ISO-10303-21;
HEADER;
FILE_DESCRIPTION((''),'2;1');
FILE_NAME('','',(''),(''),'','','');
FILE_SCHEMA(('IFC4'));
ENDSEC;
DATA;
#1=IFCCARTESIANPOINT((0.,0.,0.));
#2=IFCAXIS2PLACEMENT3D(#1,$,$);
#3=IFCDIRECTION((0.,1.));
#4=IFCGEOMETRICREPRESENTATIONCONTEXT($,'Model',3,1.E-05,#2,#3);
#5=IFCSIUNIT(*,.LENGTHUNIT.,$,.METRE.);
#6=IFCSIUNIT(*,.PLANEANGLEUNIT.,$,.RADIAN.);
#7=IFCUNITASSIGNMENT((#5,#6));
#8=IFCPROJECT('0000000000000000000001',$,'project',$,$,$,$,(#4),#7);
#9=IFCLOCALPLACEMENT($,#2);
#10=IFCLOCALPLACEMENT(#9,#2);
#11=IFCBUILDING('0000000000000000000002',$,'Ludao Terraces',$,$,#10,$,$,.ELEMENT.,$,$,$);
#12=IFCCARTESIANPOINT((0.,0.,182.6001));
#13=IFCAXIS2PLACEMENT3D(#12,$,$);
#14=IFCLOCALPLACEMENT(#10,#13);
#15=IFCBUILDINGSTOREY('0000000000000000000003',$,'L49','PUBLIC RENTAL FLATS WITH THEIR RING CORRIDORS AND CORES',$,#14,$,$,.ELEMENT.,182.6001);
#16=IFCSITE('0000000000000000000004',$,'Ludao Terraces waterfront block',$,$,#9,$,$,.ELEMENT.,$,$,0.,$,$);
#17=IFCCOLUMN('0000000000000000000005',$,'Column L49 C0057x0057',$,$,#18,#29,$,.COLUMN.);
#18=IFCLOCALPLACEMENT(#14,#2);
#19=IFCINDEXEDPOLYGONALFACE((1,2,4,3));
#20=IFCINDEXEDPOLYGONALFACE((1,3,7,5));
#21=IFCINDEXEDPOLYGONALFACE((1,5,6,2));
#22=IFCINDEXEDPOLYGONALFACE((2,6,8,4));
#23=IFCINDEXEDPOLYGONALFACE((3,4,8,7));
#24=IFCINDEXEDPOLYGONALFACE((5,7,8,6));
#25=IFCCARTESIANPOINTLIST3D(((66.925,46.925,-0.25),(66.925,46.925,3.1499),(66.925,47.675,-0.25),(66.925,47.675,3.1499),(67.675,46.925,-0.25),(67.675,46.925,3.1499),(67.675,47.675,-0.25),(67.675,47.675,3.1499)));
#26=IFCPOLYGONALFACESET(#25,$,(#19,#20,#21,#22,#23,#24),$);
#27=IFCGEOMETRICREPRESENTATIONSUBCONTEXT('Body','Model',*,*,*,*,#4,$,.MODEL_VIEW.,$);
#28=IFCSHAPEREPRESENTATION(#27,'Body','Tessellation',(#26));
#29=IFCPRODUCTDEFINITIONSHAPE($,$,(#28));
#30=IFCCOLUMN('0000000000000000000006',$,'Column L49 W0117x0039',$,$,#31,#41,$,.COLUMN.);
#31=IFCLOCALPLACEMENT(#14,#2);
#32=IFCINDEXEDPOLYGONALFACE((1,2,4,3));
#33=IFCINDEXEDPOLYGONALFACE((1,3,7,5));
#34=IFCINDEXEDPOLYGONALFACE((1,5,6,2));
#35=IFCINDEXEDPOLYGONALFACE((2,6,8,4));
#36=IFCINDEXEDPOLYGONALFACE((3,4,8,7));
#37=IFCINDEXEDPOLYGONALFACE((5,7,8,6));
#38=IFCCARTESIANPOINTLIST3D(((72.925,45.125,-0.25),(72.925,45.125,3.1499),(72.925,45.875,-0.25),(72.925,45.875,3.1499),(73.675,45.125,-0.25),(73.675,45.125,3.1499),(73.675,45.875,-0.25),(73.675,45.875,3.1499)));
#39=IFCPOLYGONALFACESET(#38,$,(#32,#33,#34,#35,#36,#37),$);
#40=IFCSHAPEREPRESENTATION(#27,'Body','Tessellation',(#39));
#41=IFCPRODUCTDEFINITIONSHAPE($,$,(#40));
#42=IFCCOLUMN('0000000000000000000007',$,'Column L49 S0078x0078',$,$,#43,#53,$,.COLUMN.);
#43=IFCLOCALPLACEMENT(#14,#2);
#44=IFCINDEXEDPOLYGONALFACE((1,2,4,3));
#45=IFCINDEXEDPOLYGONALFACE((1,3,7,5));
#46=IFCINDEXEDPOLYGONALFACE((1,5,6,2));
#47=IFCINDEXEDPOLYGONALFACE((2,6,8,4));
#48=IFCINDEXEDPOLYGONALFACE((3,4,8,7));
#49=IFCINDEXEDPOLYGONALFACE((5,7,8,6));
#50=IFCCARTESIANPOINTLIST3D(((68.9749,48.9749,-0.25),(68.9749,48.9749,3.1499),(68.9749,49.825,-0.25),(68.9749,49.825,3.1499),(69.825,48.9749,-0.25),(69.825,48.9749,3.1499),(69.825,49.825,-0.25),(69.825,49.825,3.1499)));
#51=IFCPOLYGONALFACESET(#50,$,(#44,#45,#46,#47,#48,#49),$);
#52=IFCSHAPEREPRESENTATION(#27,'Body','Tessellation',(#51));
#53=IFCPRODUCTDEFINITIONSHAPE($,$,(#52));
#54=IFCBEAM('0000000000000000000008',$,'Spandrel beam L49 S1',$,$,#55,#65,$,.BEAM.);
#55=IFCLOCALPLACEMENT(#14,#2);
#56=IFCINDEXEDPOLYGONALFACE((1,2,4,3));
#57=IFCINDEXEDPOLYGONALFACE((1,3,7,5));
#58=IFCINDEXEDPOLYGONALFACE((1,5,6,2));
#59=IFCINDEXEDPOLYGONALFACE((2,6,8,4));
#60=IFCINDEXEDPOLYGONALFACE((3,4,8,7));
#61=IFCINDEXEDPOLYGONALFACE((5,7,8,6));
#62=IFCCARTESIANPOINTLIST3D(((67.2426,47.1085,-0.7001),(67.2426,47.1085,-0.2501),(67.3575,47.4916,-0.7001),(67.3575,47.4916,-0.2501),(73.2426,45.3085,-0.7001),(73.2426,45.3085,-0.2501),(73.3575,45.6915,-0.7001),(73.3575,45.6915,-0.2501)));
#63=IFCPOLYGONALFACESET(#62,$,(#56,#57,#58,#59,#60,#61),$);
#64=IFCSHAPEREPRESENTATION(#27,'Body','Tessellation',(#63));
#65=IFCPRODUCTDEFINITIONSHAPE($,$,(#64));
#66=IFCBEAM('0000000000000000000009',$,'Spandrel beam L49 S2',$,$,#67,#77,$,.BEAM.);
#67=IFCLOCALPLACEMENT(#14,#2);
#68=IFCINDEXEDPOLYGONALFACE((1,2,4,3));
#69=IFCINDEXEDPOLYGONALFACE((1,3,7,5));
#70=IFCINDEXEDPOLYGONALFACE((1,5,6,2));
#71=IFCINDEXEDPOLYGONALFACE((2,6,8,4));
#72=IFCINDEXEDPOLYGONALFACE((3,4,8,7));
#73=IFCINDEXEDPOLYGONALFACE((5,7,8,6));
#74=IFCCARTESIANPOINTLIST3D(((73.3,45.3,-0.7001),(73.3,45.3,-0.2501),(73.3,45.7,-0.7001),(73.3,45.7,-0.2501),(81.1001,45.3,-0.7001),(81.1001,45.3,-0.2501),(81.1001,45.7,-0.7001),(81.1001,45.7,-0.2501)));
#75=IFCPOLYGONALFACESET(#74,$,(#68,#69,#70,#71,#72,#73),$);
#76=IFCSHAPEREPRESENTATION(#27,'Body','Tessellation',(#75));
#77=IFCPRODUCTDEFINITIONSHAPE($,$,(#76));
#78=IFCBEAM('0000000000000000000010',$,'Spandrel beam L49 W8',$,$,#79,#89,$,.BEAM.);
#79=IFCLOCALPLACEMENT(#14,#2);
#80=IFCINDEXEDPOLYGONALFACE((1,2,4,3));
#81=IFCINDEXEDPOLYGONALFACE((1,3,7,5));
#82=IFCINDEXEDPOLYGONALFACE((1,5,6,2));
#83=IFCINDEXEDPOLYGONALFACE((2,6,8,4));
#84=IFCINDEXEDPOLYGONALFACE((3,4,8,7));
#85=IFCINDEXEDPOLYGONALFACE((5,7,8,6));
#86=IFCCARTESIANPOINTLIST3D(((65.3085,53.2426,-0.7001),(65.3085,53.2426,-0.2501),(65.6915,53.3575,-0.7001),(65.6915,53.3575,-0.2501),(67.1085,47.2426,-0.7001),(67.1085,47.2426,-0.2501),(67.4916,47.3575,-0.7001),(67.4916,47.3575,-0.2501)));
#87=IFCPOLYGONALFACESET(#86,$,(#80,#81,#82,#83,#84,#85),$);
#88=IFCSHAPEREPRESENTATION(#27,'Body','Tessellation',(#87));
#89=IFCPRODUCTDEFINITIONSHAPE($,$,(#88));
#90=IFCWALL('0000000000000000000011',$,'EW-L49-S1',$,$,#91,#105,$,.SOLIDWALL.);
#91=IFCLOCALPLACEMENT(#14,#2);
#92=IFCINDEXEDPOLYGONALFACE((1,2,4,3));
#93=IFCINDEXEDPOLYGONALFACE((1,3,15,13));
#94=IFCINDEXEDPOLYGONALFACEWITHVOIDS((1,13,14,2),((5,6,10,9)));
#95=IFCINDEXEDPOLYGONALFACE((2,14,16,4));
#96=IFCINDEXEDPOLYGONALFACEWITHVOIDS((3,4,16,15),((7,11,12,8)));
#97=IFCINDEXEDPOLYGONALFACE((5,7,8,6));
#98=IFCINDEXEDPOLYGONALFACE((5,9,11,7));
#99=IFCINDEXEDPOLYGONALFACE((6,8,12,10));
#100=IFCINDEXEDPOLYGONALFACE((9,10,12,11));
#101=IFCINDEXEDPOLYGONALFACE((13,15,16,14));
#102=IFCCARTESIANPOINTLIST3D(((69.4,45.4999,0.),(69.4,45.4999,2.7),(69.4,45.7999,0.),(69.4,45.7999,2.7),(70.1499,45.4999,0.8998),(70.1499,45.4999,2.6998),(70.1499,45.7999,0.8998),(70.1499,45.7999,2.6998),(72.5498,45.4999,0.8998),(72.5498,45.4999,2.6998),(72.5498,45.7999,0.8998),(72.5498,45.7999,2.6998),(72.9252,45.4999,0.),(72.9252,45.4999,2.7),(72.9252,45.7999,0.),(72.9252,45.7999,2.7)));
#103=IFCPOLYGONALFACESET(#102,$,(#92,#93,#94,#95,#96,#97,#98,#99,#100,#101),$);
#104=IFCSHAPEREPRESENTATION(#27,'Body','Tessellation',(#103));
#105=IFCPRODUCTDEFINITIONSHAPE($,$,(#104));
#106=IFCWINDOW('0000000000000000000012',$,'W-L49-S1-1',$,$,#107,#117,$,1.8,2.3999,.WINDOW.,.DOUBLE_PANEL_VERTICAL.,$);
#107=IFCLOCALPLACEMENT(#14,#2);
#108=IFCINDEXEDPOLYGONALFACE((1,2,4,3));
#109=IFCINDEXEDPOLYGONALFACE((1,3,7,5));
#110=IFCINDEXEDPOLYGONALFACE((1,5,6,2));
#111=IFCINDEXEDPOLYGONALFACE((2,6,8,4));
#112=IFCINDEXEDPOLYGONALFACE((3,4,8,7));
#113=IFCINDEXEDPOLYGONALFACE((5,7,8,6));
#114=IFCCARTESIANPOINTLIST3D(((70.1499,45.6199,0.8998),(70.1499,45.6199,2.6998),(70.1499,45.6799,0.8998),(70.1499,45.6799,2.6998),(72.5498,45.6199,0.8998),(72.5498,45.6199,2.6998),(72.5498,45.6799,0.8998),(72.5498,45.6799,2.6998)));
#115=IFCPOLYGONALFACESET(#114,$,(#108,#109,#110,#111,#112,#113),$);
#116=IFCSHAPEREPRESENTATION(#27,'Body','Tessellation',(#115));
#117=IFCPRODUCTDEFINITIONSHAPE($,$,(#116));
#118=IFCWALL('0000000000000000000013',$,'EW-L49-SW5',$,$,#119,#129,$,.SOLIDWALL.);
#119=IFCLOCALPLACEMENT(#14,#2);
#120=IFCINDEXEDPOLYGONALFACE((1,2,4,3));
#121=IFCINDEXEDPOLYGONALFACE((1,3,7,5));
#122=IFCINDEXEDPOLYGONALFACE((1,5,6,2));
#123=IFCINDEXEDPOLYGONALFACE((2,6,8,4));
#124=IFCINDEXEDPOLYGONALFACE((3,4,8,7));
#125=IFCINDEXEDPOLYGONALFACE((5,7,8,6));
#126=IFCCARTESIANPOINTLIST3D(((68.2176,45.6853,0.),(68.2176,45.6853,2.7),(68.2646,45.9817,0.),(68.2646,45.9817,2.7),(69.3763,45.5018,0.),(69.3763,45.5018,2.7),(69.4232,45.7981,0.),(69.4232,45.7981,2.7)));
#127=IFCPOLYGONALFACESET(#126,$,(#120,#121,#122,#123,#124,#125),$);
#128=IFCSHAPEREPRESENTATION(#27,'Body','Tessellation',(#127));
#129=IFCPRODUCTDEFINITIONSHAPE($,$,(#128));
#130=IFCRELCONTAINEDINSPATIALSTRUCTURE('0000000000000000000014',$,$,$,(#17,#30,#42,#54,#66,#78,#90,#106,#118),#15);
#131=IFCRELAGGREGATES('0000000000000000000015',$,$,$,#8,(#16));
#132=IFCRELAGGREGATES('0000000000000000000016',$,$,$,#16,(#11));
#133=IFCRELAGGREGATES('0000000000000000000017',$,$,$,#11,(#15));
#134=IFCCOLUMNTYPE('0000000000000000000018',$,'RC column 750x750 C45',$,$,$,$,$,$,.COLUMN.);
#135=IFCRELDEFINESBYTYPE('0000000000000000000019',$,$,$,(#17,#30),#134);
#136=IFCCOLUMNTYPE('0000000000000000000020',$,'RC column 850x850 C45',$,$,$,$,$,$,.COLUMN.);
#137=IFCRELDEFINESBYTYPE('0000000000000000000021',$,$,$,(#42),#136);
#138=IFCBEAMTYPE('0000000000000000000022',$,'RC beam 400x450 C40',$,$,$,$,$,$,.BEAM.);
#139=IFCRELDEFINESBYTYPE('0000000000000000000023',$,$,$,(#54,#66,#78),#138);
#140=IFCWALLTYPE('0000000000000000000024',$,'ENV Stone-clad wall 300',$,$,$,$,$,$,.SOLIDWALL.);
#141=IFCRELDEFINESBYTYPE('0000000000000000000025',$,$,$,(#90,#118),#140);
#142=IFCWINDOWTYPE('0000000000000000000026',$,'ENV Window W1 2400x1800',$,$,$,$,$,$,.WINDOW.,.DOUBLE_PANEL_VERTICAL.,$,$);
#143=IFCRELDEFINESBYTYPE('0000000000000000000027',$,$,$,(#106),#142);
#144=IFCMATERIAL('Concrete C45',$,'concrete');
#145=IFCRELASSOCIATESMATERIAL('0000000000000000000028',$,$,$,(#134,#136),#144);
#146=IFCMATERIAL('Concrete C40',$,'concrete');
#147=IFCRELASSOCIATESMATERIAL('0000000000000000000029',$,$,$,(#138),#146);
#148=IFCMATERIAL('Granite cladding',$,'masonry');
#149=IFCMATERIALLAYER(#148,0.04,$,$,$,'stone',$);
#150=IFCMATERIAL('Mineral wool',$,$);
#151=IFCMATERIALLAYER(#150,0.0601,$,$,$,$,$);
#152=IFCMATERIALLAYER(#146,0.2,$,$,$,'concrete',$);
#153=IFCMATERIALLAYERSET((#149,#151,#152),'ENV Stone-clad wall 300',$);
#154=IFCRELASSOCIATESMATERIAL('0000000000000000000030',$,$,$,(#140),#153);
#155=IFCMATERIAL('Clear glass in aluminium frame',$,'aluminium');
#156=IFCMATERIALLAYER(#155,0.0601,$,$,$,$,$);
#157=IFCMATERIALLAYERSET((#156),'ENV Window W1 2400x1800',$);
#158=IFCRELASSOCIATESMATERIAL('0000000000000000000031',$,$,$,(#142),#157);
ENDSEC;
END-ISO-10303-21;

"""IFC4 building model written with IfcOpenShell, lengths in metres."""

from ifc_helpers import new_model, si_unit, direction, frame, frame_2d, origin, origin_2d, place, context, subcontext, project, spatial, rectangle, extrude, material, layer, layer_set, material_profile, profile_set, type_object, element, fill, save


model = new_model("IFC4")

# Units and contexts
model_context = context("Model", 3, precision=1e-05, world=origin(), true_north=direction((0.0, 1.0)))
body_context = subcontext(model_context, "Body", "Model", "MODEL_VIEW")
ifc_project = project(units=[si_unit("LENGTHUNIT", "METRE"), si_unit("PLANEANGLEUNIT", "RADIAN")], contexts=[model_context])

# Site, building, storey
site_placement = place(None, origin())
site = spatial("IfcSite", under=ifc_project, at=site_placement, Name="Ludao Terraces waterfront block", CompositionType="ELEMENT", RefElevation=0.0)
building_placement = place(site_placement, origin())
building = spatial("IfcBuilding", under=site, at=building_placement, Name="Ludao Terraces", CompositionType="ELEMENT")
storey_placement = place(building_placement, frame((0.0, 0.0, 182.6001)))
storey = spatial("IfcBuildingStorey", under=building, at=storey_placement, Name="L49", Description="PUBLIC RENTAL FLATS WITH THEIR RING CORRIDORS AND CORES", CompositionType="ELEMENT", Elevation=182.6001)

# Columns
ifc_material_1 = material(Name="Concrete C45", Category="concrete")
ifc_material_profile_1 = material_profile(ifc_material_1, rectangle(XDim=0.75, YDim=0.75, at=origin_2d()), Name="750 X 750")
ifc_profile_set_1 = profile_set([ifc_material_profile_1], Name="Concrete C45")
column_type_1 = type_object("IfcColumnType", Name="RC column 750x750 C45", PredefinedType="COLUMN", material=ifc_profile_set_1)
for number, where, z_axis, x_axis, name in (
    (1, (67.3, 47.3, -0.25), (0.0, 0.0, 1.0), (1.0, 0.0, 0.0), "Column L49 C0057x0057"),
    (2, (73.3, 45.5, -0.25), (0.0, 0.0, 1.0), (1.0, 0.0, 0.0), "Column L49 W0117x0039"),
):
    element("IfcColumn", number, at=place(storey_placement, frame(where, z_axis=z_axis, x_axis=x_axis)), inside=storey, type_object=column_type_1, Name=name, PredefinedType="COLUMN", context=body_context, shape_type="SweptSolid", body=[
        extrude(rectangle(XDim=0.75, YDim=0.75, at=origin_2d()), origin(), (0.0, 0.0, 1.0), 3.3999),
    ])
ifc_material_profile_2 = material_profile(ifc_material_1, rectangle(XDim=0.8501, YDim=0.8501, at=origin_2d()), Name="850 X 850")
ifc_profile_set_2 = profile_set([ifc_material_profile_2], Name="Concrete C45")
column_type_2 = type_object("IfcColumnType", Name="RC column 850x850 C45", PredefinedType="COLUMN", material=ifc_profile_set_2)
column_placement = place(storey_placement, frame((69.3999, 49.3999, -0.25), z_axis=(0.0, 0.0, 1.0), x_axis=(1.0, 0.0, 0.0)))
element("IfcColumn", 3, at=column_placement, inside=storey, type_object=column_type_2, Name="Column L49 S0078x0078", PredefinedType="COLUMN", context=body_context, shape_type="SweptSolid", body=[
    extrude(rectangle(XDim=0.8501, YDim=0.8501, at=origin_2d()), origin(), (0.0, 0.0, 1.0), 3.3999),
])

# Beams
ifc_material_2 = material(Name="Concrete C40", Category="concrete")
ifc_material_profile_3 = material_profile(ifc_material_2, rectangle(XDim=0.3999, YDim=0.45, at=origin_2d()), Name="400 X 450")
ifc_profile_set_3 = profile_set([ifc_material_profile_3], Name="Concrete C40")
beam_type = type_object("IfcBeamType", Name="RC beam 400x450 C40", PredefinedType="BEAM", material=ifc_profile_set_3)
beam_1_placement = place(storey_placement, frame((67.3, 47.3, -0.4751), z_axis=(0.957824, -0.287355, 0.0), x_axis=(0.287355, 0.957824, 0.0)))
element("IfcBeam", 4, at=beam_1_placement, inside=storey, type_object=beam_type, Name="Spandrel beam L49 S1", PredefinedType="BEAM", context=body_context, shape_type="SweptSolid", body=[
    extrude(rectangle(XDim=0.3999, YDim=0.45, at=origin_2d()), origin(), (0.0, 0.0, 1.0), 6.2642),
])
beam_2_placement = place(storey_placement, frame((73.3, 45.5, -0.4751), z_axis=(1.0, 0.0, 0.0), x_axis=(0.0, 1.0, 0.0)))
element("IfcBeam", 5, at=beam_2_placement, inside=storey, type_object=beam_type, Name="Spandrel beam L49 S2", PredefinedType="BEAM", context=body_context, shape_type="SweptSolid", body=[
    extrude(rectangle(XDim=0.3999, YDim=0.45, at=origin_2d()), origin(), (0.0, 0.0, 1.0), 7.8),
])
beam_3_placement = place(storey_placement, frame((67.3, 47.3, -0.4751), z_axis=(-0.287355, 0.957824, 0.0), x_axis=(-0.957824, -0.287355, 0.0)))
element("IfcBeam", 6, at=beam_3_placement, inside=storey, type_object=beam_type, Name="Spandrel beam L49 W8", PredefinedType="BEAM", context=body_context, shape_type="SweptSolid", body=[
    extrude(rectangle(XDim=0.3999, YDim=0.45, at=origin_2d()), origin(), (0.0, 0.0, 1.0), 6.2642),
])

# Wall, opening, window
ifc_material_3 = material(Name="Granite cladding", Category="masonry")
ifc_layer_1 = layer(ifc_material_3, 0.04, Category="stone")
ifc_material_4 = material(Name="Mineral wool")
ifc_layer_2 = layer(ifc_material_4, 0.0601)
ifc_layer_3 = layer(ifc_material_2, 0.2, Category="concrete")
ifc_layer_set_1 = layer_set([ifc_layer_1, ifc_layer_2, ifc_layer_3], Name="ENV Stone-clad wall 300")
wall_type_1 = type_object("IfcWallType", Name="ENV Stone-clad wall 300", PredefinedType="SOLIDWALL", material=ifc_layer_set_1)
wall_1_placement = place(storey_placement, frame((69.3999, 45.6499, 0.0), z_axis=(0.0, 0.0, 1.0), x_axis=(1.0, 0.0, 0.0)))
wall_1 = element("IfcWall", 7, at=wall_1_placement, inside=storey, type_object=wall_type_1, Name="EW-L49-S1", PredefinedType="SOLIDWALL", context=body_context, shape_type="SweptSolid", body=[
    extrude(rectangle(XDim=3.5251, YDim=0.3, at=frame_2d((1.7627, 0.0))), origin(), (0.0, 0.0, 1.0), 2.7),
])
opening_1_placement = place(wall_1_placement, frame((0.75, 0.0, 0.8999)))
opening_1 = element("IfcOpeningElement", 8, at=opening_1_placement, cuts=wall_1, PredefinedType="OPENING", context=body_context, shape_type="SweptSolid", body=[
    extrude(rectangle(XDim=2.3999, YDim=1.8, at=frame_2d((1.2, 0.8999))), frame((0.0, 0.1602, 0.0), z_axis=(0.0, -1.0, 0.0), x_axis=(1.0, 0.0, 0.0)), (0.0, 0.0, 1.0), 0.3201),
])
ifc_material_5 = material(Name="Clear glass in aluminium frame", Category="aluminium")
ifc_layer_4 = layer(ifc_material_5, 0.0601)
ifc_layer_set_2 = layer_set([ifc_layer_4], Name="ENV Window W1 2400x1800")
window_type = type_object("IfcWindowType", Name="ENV Window W1 2400x1800", PartitioningType="DOUBLE_PANEL_VERTICAL", PredefinedType="WINDOW", material=ifc_layer_set_2)
window_placement = place(opening_1_placement, origin())
window = element("IfcWindow", 9, at=window_placement, inside=storey, type_object=window_type, Name="W-L49-S1-1", OverallHeight=1.8, OverallWidth=2.3999, PartitioningType="DOUBLE_PANEL_VERTICAL", PredefinedType="WINDOW", context=body_context, shape_type="SweptSolid", body=[
    extrude(rectangle(XDim=2.3999, YDim=1.8, at=frame_2d((1.2, 0.8999))), frame((0.0, 0.03, 0.0), z_axis=(0.0, -1.0, 0.0), x_axis=(1.0, 0.0, 0.0)), (0.0, 0.0, 1.0), 0.0601),
])
fill(opening_1, window)

# Wall
wall_2_placement = place(storey_placement, frame((68.2412, 45.8335, 0.0), z_axis=(0.0, 0.0, 1.0), x_axis=(0.987678, -0.156497, 0.0)))
element("IfcWall", 10, at=wall_2_placement, inside=storey, type_object=wall_type_1, Name="EW-L49-SW5", PredefinedType="SOLIDWALL", context=body_context, shape_type="SweptSolid", body=[
    extrude(rectangle(XDim=1.1731, YDim=0.3, at=frame_2d((0.5864, 0.0))), origin(), (0.0, 0.0, 1.0), 2.7),
])

save(model, "model.ifc")
